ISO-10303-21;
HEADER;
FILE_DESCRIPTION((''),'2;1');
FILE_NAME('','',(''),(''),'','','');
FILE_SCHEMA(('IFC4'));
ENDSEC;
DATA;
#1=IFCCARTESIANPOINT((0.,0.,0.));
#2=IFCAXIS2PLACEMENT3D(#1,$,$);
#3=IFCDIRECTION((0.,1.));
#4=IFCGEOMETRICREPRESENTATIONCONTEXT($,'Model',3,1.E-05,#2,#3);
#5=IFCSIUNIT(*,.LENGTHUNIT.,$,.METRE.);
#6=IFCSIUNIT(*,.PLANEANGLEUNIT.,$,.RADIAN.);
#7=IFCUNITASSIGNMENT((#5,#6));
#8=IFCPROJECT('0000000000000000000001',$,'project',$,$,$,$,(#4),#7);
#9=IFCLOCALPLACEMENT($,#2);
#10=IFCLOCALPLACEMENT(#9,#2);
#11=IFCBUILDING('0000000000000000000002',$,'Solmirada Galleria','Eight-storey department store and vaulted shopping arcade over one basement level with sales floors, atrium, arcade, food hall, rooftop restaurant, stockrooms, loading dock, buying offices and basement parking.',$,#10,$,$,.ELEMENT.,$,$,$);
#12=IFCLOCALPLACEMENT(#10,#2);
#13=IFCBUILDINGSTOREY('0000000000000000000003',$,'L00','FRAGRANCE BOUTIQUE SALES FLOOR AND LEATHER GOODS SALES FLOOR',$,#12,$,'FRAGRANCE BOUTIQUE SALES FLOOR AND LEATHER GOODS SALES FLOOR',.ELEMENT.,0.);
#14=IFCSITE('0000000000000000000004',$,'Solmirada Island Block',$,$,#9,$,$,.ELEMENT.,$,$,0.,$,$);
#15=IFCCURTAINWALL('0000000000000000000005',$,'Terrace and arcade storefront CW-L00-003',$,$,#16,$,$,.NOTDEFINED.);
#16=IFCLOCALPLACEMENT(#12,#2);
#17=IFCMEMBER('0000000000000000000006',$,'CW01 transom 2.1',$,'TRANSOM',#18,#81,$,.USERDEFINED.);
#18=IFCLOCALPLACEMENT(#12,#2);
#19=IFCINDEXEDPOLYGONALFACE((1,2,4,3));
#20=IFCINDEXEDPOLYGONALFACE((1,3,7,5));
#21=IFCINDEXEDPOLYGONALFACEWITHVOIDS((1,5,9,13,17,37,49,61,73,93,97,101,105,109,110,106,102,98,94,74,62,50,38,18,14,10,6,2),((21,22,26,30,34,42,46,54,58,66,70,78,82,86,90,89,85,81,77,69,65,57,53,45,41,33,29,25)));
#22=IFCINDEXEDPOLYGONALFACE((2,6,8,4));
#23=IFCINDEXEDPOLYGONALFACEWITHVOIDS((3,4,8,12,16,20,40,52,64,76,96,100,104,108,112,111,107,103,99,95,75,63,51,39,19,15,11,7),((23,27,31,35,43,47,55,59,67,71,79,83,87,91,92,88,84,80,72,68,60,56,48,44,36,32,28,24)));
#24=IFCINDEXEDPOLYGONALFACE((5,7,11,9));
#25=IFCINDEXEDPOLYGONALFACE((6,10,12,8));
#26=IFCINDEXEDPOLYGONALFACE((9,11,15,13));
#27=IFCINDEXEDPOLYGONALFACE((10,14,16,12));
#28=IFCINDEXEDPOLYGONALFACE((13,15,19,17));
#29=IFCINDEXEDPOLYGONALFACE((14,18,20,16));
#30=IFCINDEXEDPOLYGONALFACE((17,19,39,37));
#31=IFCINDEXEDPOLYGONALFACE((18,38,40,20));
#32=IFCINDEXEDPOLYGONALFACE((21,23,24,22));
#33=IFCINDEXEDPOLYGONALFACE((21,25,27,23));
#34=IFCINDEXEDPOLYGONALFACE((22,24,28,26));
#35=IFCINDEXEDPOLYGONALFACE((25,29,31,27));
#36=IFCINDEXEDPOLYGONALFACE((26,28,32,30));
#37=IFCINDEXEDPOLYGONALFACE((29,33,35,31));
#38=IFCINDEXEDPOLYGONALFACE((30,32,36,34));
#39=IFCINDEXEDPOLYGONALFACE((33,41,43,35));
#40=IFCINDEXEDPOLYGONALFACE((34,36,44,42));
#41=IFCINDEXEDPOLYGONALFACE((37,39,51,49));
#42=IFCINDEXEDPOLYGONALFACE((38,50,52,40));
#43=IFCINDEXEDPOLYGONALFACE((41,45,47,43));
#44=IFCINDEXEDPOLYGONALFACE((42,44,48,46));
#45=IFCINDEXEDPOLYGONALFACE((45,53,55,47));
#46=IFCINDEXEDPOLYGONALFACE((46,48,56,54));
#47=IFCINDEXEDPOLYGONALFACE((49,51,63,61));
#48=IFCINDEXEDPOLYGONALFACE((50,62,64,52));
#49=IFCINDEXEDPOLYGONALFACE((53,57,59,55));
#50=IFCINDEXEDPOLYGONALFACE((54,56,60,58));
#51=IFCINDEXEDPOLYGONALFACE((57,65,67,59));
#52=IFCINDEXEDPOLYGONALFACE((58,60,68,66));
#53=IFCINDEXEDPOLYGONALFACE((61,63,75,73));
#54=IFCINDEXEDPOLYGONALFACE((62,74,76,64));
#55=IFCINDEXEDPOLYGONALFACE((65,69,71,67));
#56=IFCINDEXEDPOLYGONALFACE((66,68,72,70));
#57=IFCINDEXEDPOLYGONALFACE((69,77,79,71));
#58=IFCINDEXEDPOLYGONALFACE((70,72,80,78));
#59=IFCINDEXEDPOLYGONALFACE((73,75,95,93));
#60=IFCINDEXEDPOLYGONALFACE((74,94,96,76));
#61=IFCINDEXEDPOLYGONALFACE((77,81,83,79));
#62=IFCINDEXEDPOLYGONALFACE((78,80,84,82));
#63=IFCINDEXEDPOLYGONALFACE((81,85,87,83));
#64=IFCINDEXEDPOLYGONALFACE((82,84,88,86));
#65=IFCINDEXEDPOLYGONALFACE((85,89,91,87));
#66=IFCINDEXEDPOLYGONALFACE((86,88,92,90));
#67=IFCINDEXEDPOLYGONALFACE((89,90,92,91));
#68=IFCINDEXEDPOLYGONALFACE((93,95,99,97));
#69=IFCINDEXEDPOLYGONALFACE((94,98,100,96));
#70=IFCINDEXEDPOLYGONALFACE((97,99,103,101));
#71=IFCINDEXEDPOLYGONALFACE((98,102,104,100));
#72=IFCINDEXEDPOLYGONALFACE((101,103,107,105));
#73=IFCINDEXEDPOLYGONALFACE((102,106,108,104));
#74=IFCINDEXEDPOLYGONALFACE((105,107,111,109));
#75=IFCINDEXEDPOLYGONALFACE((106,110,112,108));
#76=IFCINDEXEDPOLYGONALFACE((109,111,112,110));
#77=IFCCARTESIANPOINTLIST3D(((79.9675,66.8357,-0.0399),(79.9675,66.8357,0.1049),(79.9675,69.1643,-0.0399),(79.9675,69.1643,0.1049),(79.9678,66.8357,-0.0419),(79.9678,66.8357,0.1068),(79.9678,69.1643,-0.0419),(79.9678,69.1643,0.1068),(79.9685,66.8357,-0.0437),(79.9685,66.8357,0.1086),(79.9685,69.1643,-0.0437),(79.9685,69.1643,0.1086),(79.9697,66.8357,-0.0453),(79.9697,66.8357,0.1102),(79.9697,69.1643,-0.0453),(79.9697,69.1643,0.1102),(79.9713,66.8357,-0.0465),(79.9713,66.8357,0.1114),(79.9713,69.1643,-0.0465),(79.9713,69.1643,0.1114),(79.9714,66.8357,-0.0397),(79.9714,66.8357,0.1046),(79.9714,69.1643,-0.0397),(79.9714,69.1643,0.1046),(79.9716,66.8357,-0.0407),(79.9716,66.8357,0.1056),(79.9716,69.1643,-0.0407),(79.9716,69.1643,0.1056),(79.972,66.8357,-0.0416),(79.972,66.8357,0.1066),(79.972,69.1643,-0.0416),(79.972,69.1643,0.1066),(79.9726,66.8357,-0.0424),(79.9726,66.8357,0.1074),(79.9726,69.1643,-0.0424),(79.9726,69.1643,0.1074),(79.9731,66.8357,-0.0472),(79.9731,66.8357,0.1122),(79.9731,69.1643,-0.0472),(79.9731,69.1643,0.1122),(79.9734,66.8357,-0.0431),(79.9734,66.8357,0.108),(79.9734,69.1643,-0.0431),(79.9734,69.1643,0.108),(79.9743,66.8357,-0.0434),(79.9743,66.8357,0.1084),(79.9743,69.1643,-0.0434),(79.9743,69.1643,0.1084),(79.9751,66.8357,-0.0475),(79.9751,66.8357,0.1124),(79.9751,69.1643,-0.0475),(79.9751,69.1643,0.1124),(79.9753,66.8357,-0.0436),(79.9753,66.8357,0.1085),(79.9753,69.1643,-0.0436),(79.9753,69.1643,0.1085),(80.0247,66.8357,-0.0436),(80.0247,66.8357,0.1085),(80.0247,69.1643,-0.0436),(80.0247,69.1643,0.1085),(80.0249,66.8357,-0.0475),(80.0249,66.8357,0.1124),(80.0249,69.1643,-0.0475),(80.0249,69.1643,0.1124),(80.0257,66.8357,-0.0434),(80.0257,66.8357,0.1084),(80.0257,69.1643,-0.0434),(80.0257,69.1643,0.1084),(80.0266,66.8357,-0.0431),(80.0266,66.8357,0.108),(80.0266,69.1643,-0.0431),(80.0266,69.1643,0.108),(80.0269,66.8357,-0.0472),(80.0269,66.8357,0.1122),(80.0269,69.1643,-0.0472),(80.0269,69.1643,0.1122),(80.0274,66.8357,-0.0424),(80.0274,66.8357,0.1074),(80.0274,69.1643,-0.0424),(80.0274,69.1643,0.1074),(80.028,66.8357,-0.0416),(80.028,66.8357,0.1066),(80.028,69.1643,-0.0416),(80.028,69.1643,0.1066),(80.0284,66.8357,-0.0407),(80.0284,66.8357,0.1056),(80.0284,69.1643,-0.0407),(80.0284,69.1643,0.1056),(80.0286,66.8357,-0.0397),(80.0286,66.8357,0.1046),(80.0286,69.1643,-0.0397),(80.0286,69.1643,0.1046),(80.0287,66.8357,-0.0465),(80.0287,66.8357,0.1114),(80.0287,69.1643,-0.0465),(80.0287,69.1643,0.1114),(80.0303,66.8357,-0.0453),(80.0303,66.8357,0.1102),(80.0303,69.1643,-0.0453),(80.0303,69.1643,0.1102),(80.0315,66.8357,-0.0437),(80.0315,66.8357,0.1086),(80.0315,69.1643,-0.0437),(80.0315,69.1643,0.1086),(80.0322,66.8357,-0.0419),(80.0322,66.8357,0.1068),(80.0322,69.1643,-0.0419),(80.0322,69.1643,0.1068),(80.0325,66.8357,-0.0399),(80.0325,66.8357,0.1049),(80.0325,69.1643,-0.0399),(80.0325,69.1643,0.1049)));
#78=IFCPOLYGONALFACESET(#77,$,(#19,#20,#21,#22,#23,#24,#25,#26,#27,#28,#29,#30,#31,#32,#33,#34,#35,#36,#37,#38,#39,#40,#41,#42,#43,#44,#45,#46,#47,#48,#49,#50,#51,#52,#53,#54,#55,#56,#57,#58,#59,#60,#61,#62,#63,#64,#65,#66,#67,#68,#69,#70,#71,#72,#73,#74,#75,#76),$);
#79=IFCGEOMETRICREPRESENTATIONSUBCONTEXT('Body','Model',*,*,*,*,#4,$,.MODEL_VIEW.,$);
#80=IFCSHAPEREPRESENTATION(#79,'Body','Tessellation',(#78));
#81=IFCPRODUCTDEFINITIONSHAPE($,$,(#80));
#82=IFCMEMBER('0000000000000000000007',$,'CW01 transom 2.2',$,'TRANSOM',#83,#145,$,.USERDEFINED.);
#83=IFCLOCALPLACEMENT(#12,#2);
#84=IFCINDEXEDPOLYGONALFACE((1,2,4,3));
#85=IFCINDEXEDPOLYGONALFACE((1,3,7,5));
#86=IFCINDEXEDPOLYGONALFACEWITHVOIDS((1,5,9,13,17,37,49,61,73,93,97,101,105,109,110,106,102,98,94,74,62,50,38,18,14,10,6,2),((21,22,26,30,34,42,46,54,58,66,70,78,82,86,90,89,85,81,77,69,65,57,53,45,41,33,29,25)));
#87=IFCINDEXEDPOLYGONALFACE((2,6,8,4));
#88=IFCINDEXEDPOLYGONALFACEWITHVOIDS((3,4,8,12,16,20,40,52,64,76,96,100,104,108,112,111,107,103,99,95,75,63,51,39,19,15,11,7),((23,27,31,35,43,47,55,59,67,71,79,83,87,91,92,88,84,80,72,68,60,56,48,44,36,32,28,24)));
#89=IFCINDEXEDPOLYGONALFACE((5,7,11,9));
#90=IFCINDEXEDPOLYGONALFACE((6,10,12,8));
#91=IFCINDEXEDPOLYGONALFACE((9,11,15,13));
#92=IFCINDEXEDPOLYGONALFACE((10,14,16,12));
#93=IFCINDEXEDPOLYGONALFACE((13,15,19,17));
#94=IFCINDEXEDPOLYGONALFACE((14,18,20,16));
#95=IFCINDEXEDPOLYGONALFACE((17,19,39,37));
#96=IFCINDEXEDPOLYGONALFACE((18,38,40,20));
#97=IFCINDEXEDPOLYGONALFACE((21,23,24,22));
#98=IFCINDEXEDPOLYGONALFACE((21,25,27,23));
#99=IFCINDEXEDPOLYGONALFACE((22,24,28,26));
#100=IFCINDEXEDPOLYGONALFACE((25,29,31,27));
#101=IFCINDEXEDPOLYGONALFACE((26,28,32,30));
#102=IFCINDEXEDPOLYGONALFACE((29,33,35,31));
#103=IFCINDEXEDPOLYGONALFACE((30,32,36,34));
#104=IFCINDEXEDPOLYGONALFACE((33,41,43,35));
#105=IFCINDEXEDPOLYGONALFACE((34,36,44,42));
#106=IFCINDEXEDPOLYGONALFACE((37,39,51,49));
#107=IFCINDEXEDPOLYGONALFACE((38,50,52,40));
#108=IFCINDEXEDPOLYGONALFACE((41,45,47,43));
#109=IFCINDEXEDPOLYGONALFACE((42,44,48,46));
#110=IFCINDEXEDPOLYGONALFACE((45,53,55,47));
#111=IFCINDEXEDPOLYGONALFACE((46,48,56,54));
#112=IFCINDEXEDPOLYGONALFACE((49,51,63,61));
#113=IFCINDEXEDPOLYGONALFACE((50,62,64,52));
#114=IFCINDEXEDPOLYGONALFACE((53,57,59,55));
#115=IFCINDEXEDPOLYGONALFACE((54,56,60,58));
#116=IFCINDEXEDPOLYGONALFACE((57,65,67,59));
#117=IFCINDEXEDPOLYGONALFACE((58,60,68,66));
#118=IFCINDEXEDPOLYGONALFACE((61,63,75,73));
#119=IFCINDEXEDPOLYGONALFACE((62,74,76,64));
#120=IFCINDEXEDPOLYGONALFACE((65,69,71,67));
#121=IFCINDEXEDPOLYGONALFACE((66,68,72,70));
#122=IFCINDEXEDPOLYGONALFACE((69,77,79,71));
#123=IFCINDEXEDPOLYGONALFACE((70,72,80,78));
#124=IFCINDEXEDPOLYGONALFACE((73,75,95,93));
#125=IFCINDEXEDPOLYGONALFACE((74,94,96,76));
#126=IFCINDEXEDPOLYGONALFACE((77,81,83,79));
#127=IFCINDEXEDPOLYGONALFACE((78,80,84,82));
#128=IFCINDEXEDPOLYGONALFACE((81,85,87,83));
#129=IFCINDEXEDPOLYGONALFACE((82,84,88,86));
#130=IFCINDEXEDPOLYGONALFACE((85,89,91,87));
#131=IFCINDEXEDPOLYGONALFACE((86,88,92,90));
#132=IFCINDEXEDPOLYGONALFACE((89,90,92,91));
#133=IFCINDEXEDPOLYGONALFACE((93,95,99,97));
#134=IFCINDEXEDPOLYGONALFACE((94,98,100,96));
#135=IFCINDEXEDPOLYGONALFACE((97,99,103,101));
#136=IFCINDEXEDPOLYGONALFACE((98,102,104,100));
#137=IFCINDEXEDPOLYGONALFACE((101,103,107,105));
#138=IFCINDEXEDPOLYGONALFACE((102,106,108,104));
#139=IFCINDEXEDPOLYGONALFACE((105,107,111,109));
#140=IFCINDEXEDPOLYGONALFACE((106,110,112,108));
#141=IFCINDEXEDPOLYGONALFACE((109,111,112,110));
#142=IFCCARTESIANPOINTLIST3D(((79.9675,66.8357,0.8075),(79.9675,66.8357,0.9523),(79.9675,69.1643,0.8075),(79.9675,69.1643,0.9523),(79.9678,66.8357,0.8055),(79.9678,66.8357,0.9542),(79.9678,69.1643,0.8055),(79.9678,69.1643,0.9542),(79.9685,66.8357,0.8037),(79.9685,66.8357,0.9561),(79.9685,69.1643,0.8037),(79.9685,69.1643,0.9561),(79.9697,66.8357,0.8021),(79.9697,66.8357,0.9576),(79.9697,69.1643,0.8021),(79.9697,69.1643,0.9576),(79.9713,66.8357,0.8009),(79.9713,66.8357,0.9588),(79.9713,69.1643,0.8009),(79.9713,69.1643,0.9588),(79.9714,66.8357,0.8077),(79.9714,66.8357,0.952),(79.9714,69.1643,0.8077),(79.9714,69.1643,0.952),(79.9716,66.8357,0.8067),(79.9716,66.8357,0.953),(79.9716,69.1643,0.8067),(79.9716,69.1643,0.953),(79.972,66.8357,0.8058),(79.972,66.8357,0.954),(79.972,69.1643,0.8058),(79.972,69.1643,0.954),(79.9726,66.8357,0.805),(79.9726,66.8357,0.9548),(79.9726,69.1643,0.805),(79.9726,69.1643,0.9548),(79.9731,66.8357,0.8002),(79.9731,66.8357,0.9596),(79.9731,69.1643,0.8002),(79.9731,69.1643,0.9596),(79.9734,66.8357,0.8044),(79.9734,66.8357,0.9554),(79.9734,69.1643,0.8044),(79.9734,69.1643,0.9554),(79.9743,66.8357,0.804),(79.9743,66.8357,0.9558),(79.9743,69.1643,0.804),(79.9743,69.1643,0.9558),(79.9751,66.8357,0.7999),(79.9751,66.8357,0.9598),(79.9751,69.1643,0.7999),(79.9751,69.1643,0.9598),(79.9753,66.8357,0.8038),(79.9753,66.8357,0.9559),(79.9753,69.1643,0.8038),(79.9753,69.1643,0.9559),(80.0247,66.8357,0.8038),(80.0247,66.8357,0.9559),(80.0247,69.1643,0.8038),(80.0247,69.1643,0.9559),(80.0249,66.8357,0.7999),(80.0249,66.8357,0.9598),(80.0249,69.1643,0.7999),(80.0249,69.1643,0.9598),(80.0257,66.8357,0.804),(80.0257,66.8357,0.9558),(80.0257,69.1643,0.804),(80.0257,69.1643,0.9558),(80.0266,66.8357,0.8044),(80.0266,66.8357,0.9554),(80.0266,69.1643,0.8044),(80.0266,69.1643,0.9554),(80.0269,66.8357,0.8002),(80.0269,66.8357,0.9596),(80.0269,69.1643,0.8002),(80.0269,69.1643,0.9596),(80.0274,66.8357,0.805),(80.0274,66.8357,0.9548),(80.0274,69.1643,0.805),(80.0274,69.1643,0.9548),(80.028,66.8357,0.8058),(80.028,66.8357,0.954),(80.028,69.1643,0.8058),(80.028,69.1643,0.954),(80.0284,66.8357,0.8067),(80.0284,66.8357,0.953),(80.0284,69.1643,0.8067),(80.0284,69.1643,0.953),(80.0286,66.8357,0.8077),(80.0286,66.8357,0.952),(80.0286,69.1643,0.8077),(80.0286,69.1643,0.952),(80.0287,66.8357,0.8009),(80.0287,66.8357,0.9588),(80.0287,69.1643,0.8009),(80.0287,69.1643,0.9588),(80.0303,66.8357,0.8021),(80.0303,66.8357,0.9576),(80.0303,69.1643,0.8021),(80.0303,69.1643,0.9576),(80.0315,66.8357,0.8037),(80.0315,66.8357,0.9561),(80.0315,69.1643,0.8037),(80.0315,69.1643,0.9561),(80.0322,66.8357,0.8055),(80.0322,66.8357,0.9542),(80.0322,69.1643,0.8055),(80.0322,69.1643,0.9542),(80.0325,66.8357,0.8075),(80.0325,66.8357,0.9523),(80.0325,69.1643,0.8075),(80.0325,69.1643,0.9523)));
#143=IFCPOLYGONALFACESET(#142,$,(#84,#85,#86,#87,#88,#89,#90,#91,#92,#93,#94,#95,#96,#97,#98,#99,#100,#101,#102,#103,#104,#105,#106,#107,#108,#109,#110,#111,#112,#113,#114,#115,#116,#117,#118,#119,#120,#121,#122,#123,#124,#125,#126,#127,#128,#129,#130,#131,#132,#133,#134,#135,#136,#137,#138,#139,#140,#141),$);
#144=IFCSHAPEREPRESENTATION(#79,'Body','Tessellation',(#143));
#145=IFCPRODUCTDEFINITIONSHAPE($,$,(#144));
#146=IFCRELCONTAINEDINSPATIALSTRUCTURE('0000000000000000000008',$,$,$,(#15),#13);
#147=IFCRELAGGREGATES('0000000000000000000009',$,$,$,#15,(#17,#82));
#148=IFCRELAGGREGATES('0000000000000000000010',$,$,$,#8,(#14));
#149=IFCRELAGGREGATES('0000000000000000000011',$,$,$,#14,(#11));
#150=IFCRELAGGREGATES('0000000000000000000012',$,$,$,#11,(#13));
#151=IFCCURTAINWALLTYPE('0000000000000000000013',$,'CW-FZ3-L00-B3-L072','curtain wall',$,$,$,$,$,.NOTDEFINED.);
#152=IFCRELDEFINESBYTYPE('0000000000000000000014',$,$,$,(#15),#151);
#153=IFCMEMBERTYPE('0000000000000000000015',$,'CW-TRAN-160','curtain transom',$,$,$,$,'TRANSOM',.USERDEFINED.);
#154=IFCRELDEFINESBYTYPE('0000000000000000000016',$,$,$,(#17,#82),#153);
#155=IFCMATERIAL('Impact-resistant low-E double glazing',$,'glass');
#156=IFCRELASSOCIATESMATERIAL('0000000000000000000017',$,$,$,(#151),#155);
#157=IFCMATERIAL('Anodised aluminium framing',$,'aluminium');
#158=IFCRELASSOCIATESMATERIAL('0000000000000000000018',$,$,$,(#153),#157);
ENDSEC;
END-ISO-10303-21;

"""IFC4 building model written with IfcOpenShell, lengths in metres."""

from ifc_helpers import new_model, si_unit, direction, frame, origin, origin_2d, place, context, subcontext, project, spatial, hollow_rectangle, extrude, material, material_profile, profile_set, type_object, element, aggregate, save


model = new_model("IFC4")

# Units and contexts
model_context = context("Model", 3, precision=1e-05, world=origin(), true_north=direction((0.0, 1.0)))
body_context = subcontext(model_context, "Body", "Model", "MODEL_VIEW")
ifc_project = project(units=[si_unit("LENGTHUNIT", "METRE"), si_unit("PLANEANGLEUNIT", "RADIAN")], contexts=[model_context])

# Site, building, storey
site_placement = place(None, origin())
site = spatial("IfcSite", under=ifc_project, at=site_placement, Name="Solmirada Island Block", CompositionType="ELEMENT", RefElevation=0.0)
building_placement = place(site_placement, origin())
building = spatial("IfcBuilding", under=site, at=building_placement, Name="Solmirada Galleria", Description="Eight-storey department store and vaulted shopping arcade over one basement level with sales floors, atrium, arcade, food hall, rooftop restaurant, stockrooms, loading dock, buying offices and basement parking.", CompositionType="ELEMENT")
storey_placement = place(building_placement, origin())
storey = spatial("IfcBuildingStorey", under=building, at=storey_placement, Name="L00", Description="FRAGRANCE BOUTIQUE SALES FLOOR AND LEATHER GOODS SALES FLOOR", LongName="FRAGRANCE BOUTIQUE SALES FLOOR AND LEATHER GOODS SALES FLOOR", CompositionType="ELEMENT", Elevation=0.0)

# Curtain wall, members
ifc_material_1 = material(Name="Impact-resistant low-E double glazing", Category="glass")
curtain_wall_type = type_object("IfcCurtainWallType", Name="CW-FZ3-L00-B3-L072", Description="curtain wall", PredefinedType="NOTDEFINED", material=ifc_material_1)
curtain_wall_placement = place(storey_placement, origin())
curtain_wall = element("IfcCurtainWall", 1, at=curtain_wall_placement, inside=storey, type_object=curtain_wall_type, Name="Terrace and arcade storefront CW-L00-003", PredefinedType="NOTDEFINED")
ifc_material_2 = material(Name="Anodised aluminium framing", Category="aluminium")
ifc_material_profile_1 = material_profile(ifc_material_2, hollow_rectangle(XDim=0.0649, YDim=0.1599, WallThickness=0.0039, InnerFilletRadius=0.0039, OuterFilletRadius=0.0076, at=origin_2d()), Name="ALU-TRAN-160X65")
ifc_profile_set_1 = profile_set([ifc_material_profile_1], Name="Anodised aluminium framing")
member_type_1 = type_object("IfcMemberType", Name="CW-TRAN-160", Description="curtain transom", ElementType="TRANSOM", PredefinedType="USERDEFINED", material=ifc_profile_set_1)
member_1_placement = place(storey_placement, frame((80.0, 66.8357, 0.0325), z_axis=(0.0, 1.0, 0.0), x_axis=(-1.0, 0.0, 0.0)))
member_1 = element("IfcMember", 2, at=member_1_placement, type_object=member_type_1, Name="CW01 transom 2.1", ObjectType="TRANSOM", PredefinedType="USERDEFINED", context=body_context, shape_type="SweptSolid", body=[
    extrude(hollow_rectangle(XDim=0.0649, YDim=0.1599, WallThickness=0.0039, InnerFilletRadius=0.0039, OuterFilletRadius=0.0076, at=origin_2d()), origin(), (0.0, 0.0, 1.0), 2.3286),
])
member_2_placement = place(storey_placement, frame((80.0, 66.8357, 0.8799), z_axis=(0.0, 1.0, 0.0), x_axis=(-1.0, 0.0, 0.0)))
member_2 = element("IfcMember", 3, at=member_2_placement, type_object=member_type_1, Name="CW01 transom 2.2", ObjectType="TRANSOM", PredefinedType="USERDEFINED", context=body_context, shape_type="SweptSolid", body=[
    extrude(hollow_rectangle(XDim=0.0649, YDim=0.1599, WallThickness=0.0039, InnerFilletRadius=0.0039, OuterFilletRadius=0.0076, at=origin_2d()), origin(), (0.0, 0.0, 1.0), 2.3286),
])
aggregate(curtain_wall, [member_1, member_2])

save(model, "model.ifc")
